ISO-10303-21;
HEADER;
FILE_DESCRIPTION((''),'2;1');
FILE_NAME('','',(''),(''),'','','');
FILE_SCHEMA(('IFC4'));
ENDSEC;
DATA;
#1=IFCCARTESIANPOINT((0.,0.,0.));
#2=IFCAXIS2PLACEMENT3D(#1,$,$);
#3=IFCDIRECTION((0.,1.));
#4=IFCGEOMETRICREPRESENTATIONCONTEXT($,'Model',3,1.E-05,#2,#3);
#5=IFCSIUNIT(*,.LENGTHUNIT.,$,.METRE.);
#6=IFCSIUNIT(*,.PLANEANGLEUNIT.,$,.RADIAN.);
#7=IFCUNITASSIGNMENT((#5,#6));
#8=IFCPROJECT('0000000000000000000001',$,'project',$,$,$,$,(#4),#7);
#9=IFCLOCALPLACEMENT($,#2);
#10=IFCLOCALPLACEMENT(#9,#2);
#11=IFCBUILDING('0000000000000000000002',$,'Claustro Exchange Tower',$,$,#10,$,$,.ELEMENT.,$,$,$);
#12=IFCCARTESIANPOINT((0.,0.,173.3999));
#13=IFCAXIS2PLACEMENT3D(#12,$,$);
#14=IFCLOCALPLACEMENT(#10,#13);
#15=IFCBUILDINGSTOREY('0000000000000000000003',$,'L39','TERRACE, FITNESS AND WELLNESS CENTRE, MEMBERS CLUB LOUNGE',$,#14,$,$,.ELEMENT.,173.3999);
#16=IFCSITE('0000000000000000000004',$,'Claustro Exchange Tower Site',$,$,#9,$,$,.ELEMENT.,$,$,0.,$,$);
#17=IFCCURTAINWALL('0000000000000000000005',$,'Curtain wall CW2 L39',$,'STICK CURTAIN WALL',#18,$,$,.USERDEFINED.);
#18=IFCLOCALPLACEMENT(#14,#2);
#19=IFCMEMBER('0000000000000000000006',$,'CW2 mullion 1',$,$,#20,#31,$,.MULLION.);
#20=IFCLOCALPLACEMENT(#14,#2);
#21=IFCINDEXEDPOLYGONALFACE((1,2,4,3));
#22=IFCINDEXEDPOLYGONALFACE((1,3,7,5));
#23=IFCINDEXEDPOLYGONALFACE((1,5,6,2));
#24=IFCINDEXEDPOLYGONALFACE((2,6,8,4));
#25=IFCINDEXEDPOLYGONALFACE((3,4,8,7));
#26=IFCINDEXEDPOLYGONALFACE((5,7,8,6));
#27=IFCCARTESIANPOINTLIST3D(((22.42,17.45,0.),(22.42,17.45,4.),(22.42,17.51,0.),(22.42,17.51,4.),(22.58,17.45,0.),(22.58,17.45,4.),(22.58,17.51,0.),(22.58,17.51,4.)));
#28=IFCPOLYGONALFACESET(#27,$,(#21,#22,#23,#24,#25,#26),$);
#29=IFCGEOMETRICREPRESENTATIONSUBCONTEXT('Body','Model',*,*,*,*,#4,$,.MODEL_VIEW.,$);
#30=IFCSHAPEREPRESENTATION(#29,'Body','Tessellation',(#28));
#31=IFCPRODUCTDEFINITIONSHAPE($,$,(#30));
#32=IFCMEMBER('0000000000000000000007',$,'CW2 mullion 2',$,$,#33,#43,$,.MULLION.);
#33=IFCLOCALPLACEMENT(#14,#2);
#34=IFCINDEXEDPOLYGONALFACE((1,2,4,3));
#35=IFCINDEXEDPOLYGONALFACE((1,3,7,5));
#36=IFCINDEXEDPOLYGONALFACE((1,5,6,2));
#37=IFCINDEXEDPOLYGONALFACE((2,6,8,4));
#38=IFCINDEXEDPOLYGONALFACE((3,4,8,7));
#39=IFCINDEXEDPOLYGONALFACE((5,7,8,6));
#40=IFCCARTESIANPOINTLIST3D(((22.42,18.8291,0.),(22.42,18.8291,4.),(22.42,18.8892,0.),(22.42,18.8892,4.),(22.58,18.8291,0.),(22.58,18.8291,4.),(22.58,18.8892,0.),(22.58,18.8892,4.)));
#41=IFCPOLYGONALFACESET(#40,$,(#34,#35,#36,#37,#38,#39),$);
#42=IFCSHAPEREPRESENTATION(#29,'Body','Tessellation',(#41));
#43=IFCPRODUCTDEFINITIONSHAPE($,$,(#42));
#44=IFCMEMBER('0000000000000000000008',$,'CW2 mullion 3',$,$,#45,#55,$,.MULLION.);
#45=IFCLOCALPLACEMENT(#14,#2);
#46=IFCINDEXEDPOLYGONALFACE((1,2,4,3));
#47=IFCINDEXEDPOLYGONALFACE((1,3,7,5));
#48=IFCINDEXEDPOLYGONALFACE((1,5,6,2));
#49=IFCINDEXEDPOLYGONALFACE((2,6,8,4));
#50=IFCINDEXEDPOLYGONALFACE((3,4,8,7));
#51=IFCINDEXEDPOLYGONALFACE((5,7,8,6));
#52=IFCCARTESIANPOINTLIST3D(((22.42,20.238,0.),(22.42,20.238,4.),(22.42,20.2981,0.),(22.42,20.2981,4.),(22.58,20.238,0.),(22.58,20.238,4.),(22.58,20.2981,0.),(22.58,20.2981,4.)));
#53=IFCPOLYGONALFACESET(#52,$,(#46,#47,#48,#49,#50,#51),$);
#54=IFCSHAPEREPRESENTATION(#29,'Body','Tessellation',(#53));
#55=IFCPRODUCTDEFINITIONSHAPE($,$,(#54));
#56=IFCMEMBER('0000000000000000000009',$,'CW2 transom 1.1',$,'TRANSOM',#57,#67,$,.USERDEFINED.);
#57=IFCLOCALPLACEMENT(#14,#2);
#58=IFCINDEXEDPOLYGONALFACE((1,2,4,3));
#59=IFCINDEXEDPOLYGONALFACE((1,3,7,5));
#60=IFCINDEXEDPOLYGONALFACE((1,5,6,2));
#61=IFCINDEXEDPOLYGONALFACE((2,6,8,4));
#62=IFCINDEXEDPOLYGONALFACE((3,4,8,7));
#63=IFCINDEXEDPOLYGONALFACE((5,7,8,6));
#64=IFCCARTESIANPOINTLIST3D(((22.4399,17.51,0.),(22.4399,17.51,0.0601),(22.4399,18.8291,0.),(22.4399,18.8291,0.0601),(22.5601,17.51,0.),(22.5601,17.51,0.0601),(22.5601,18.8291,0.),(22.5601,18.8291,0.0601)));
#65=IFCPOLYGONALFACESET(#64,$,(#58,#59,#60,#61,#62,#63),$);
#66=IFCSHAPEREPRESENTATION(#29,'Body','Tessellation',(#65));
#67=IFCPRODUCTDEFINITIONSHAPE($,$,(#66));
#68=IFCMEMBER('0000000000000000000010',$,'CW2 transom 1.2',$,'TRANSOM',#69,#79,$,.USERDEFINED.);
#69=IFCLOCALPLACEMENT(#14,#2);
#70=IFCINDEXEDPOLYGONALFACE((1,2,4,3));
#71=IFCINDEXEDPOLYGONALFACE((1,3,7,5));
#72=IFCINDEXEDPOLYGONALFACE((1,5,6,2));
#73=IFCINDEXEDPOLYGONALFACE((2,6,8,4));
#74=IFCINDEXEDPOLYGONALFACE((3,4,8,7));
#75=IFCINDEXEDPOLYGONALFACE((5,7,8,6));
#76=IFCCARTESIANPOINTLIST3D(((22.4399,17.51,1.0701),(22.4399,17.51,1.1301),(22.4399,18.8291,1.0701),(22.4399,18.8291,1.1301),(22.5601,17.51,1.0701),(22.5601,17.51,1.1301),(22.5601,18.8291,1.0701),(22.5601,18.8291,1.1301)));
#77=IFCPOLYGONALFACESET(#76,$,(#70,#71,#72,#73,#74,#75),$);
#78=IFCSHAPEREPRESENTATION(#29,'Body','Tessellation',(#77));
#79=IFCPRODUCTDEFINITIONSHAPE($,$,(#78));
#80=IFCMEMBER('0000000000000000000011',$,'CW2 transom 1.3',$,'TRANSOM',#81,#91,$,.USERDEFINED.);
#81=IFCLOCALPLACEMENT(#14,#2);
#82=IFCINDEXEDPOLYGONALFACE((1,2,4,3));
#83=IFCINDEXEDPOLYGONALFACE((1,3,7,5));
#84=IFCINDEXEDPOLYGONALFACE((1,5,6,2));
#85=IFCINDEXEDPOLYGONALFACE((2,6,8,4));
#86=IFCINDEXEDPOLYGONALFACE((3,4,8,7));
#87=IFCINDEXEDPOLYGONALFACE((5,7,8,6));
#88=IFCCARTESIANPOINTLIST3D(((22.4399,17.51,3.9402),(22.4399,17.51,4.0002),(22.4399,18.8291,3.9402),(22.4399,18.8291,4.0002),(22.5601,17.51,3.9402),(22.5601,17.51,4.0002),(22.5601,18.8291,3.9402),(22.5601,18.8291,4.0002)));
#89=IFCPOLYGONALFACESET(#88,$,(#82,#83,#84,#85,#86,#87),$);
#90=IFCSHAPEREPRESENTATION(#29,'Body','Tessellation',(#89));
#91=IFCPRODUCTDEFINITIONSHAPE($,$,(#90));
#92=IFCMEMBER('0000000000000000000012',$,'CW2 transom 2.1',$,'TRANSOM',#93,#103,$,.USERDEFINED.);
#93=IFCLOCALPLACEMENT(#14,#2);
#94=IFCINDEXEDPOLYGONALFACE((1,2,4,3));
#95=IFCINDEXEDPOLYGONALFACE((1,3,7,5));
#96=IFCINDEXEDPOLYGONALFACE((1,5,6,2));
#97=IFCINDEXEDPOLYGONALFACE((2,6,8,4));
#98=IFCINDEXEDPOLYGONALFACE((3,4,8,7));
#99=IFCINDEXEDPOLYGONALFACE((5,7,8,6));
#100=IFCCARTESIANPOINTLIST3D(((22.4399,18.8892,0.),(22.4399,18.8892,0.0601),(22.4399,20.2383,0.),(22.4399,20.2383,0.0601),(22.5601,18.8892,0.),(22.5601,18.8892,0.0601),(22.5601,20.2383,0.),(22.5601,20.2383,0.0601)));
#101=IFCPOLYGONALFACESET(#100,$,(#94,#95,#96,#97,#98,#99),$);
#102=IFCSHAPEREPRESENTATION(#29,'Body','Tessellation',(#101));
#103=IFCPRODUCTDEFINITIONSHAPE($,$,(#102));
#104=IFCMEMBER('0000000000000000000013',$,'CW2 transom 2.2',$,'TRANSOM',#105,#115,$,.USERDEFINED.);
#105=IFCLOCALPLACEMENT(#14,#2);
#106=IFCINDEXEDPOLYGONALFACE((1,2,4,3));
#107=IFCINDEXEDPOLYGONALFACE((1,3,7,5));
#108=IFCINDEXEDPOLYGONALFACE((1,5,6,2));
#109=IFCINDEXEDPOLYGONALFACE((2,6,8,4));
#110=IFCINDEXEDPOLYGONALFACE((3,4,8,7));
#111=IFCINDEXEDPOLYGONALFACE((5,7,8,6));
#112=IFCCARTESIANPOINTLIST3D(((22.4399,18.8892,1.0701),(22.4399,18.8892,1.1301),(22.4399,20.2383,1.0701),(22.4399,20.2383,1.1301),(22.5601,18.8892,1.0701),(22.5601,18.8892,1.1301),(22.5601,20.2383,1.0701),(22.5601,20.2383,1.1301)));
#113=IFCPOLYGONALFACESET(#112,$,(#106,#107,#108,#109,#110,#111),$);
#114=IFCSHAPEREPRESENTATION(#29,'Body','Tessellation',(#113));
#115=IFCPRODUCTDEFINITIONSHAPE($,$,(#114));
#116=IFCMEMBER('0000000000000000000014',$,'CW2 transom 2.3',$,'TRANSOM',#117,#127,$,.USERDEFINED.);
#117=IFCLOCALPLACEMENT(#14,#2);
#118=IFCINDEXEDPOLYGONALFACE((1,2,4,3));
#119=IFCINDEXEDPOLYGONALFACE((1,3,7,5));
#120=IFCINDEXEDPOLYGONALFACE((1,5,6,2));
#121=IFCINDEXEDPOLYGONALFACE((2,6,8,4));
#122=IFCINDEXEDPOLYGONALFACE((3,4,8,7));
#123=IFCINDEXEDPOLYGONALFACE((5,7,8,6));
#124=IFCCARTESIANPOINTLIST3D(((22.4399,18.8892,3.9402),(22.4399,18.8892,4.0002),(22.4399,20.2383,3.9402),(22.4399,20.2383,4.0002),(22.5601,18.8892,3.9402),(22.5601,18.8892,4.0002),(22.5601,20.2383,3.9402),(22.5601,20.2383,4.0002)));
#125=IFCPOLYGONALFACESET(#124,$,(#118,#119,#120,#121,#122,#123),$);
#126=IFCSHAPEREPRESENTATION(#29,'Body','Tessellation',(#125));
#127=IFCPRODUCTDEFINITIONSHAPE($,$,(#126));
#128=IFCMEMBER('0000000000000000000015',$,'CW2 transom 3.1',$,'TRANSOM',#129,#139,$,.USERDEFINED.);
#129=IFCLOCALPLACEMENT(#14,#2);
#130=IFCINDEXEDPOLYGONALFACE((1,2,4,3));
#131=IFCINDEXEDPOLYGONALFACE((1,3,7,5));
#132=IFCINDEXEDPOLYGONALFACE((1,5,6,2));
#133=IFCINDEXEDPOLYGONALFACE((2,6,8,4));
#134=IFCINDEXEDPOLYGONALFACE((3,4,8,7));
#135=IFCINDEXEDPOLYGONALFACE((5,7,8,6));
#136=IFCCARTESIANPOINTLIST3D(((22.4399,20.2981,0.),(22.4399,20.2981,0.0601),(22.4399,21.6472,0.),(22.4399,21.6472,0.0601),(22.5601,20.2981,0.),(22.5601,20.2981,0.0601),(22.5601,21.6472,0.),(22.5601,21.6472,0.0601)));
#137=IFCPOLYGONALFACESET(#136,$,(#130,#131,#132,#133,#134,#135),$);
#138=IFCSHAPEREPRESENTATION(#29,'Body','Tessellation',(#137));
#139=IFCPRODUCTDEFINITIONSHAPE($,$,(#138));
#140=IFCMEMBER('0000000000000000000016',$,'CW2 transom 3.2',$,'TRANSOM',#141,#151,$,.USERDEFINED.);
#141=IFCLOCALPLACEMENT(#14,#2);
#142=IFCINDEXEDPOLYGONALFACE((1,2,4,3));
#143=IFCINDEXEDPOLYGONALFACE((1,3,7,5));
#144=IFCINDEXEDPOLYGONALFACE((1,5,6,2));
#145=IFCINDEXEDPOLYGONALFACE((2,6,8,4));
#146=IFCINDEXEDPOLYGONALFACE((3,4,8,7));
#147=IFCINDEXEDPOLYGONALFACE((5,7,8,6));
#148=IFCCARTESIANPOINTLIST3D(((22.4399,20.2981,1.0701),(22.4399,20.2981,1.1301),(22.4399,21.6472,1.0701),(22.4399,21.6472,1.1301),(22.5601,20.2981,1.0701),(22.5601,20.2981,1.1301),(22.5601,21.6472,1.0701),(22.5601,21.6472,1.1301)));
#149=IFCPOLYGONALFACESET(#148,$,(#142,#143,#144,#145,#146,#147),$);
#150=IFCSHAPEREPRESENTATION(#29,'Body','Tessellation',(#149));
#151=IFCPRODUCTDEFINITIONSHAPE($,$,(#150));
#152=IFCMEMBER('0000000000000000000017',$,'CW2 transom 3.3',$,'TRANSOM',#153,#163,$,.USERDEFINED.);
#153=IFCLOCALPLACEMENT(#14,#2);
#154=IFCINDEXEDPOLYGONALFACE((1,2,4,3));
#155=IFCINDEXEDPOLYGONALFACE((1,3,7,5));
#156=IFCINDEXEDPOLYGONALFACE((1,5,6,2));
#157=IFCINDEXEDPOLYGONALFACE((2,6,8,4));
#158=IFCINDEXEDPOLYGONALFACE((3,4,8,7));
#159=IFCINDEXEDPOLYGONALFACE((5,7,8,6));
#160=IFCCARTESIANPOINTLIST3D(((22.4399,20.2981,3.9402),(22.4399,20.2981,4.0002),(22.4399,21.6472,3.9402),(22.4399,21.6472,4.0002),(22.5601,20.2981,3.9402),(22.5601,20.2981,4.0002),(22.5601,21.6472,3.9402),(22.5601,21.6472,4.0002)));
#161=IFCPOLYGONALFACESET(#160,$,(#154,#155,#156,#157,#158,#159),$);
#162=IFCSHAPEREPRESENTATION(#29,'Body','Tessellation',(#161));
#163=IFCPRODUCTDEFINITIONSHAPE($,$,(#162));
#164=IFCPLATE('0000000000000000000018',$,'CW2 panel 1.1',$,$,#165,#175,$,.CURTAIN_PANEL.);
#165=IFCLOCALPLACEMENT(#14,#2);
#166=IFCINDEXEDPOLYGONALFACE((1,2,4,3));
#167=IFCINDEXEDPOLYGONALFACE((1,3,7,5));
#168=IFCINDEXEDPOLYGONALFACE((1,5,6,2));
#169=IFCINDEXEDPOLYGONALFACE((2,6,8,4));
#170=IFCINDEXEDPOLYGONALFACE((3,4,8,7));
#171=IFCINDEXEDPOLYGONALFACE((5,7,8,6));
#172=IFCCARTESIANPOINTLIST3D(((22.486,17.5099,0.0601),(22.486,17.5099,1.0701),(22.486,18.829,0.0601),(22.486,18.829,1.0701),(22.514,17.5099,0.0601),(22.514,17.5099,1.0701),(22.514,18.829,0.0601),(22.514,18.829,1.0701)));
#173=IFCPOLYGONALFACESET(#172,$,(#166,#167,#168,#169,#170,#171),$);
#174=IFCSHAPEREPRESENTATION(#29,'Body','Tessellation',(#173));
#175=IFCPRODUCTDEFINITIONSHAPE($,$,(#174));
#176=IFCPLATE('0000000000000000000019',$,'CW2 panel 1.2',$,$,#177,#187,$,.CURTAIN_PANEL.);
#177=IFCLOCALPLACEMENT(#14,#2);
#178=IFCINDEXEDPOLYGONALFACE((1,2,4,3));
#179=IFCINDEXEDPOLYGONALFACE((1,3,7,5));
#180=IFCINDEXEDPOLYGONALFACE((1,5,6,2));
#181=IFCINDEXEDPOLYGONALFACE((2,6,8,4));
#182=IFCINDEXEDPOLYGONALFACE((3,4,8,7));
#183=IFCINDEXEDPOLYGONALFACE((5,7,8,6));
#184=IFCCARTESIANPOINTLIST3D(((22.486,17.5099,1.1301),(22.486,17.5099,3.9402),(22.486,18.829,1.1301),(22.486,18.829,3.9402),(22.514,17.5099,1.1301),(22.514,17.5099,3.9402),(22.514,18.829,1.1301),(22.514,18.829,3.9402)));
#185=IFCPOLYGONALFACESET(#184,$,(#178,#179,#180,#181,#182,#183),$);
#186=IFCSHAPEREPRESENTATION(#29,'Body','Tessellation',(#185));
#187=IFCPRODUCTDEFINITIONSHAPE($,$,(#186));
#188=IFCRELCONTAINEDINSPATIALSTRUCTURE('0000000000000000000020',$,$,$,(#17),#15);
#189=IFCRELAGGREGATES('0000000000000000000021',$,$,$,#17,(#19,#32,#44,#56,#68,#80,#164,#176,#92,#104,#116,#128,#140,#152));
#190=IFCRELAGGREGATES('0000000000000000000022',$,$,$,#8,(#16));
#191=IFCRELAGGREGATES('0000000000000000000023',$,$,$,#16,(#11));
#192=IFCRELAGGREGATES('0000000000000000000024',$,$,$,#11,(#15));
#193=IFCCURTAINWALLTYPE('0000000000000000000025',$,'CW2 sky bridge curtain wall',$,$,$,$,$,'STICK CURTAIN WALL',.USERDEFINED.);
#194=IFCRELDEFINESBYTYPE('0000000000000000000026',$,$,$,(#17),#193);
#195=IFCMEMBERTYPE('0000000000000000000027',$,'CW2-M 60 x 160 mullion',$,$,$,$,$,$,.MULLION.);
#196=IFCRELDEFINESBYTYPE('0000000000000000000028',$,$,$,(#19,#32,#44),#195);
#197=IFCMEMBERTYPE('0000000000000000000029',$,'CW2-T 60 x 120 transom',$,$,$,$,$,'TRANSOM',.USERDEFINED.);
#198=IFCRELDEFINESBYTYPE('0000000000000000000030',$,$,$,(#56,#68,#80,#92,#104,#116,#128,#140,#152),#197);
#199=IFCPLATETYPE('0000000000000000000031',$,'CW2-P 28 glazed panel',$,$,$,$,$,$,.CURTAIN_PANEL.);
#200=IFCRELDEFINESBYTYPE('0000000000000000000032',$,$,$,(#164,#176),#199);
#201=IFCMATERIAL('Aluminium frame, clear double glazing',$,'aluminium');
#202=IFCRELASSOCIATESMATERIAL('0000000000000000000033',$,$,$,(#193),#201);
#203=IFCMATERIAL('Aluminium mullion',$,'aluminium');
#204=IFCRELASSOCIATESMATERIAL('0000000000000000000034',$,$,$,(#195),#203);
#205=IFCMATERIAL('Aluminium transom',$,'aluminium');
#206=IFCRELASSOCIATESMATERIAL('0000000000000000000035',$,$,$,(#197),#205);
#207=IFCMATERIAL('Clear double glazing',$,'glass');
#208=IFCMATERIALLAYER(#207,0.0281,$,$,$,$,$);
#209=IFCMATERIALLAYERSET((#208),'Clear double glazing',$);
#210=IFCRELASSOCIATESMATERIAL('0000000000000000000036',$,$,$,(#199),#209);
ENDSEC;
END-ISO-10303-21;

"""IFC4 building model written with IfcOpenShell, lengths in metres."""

from ifc_helpers import new_model, si_unit, direction, frame, origin, origin_2d, place, context, subcontext, project, spatial, rectangle, extrude, material, layer, layer_set, material_profile, profile_set, type_object, element, aggregate, save


model = new_model("IFC4")

# Units and contexts
model_context = context("Model", 3, precision=1e-05, world=origin(), true_north=direction((0.0, 1.0)))
body_context = subcontext(model_context, "Body", "Model", "MODEL_VIEW")
ifc_project = project(units=[si_unit("LENGTHUNIT", "METRE"), si_unit("PLANEANGLEUNIT", "RADIAN")], contexts=[model_context])

# Site, building, storey
site_placement = place(None, origin())
site = spatial("IfcSite", under=ifc_project, at=site_placement, Name="Claustro Exchange Tower Site", CompositionType="ELEMENT", RefElevation=0.0)
building_placement = place(site_placement, origin())
building = spatial("IfcBuilding", under=site, at=building_placement, Name="Claustro Exchange Tower", CompositionType="ELEMENT")
storey_placement = place(building_placement, frame((0.0, 0.0, 173.3999)))
storey = spatial("IfcBuildingStorey", under=building, at=storey_placement, Name="L39", Description="TERRACE, FITNESS AND WELLNESS CENTRE, MEMBERS CLUB LOUNGE", CompositionType="ELEMENT", Elevation=173.3999)

# Curtain wall, members, plates
ifc_material_1 = material(Name="Aluminium frame, clear double glazing", Category="aluminium")
curtain_wall_type = type_object("IfcCurtainWallType", Name="CW2 sky bridge curtain wall", ElementType="STICK CURTAIN WALL", PredefinedType="USERDEFINED", material=ifc_material_1)
curtain_wall_placement = place(storey_placement, origin())
curtain_wall = element("IfcCurtainWall", 1, at=curtain_wall_placement, inside=storey, type_object=curtain_wall_type, Name="Curtain wall CW2 L39", ObjectType="STICK CURTAIN WALL", PredefinedType="USERDEFINED")
ifc_material_2 = material(Name="Aluminium mullion", Category="aluminium")
ifc_material_profile_1 = material_profile(ifc_material_2, rectangle(XDim=0.1599, YDim=0.0601, at=origin_2d()), Name="CW2-M 60x160")
ifc_profile_set_1 = profile_set([ifc_material_profile_1], Name="Aluminium mullion")
member_type_1 = type_object("IfcMemberType", Name="CW2-M 60 x 160 mullion", PredefinedType="MULLION", material=ifc_profile_set_1)
member_1_placement = place(storey_placement, frame((22.5, 17.48, 0.0), z_axis=(0.0, 0.0, 1.0), x_axis=(-1.0, 0.0, 0.0)))
member_1 = element("IfcMember", 2, at=member_1_placement, type_object=member_type_1, Name="CW2 mullion 1", PredefinedType="MULLION", context=body_context, shape_type="SweptSolid", body=[
    extrude(rectangle(XDim=0.1599, YDim=0.0601, at=origin_2d()), origin(), (0.0, 0.0, 1.0), 4.0),
])
member_2_placement = place(storey_placement, frame((22.5, 18.8591, 0.0), z_axis=(0.0, 0.0, 1.0), x_axis=(-1.0, 0.0, 0.0)))
member_2 = element("IfcMember", 3, at=member_2_placement, type_object=member_type_1, Name="CW2 mullion 2", PredefinedType="MULLION", context=body_context, shape_type="SweptSolid", body=[
    extrude(rectangle(XDim=0.1599, YDim=0.0601, at=origin_2d()), origin(), (0.0, 0.0, 1.0), 4.0),
])
member_3_placement = place(storey_placement, frame((22.5, 20.2681, 0.0), z_axis=(0.0, 0.0, 1.0), x_axis=(-1.0, 0.0, 0.0)))
member_3 = element("IfcMember", 4, at=member_3_placement, type_object=member_type_1, Name="CW2 mullion 3", PredefinedType="MULLION", context=body_context, shape_type="SweptSolid", body=[
    extrude(rectangle(XDim=0.1599, YDim=0.0601, at=origin_2d()), origin(), (0.0, 0.0, 1.0), 4.0),
])
ifc_material_3 = material(Name="Aluminium transom", Category="aluminium")
ifc_material_profile_2 = material_profile(ifc_material_3, rectangle(XDim=0.1201, YDim=0.0601, at=origin_2d()), Name="CW2-T 60x120")
ifc_profile_set_2 = profile_set([ifc_material_profile_2], Name="Aluminium transom")
member_type_2 = type_object("IfcMemberType", Name="CW2-T 60 x 120 transom", ElementType="TRANSOM", PredefinedType="USERDEFINED", material=ifc_profile_set_2)
member_4_placement = place(storey_placement, frame((22.5, 17.51, 0.03), z_axis=(0.0, 1.0, 0.0), x_axis=(-1.0, 0.0, 0.0)))
member_4 = element("IfcMember", 5, at=member_4_placement, type_object=member_type_2, Name="CW2 transom 1.1", ObjectType="TRANSOM", PredefinedType="USERDEFINED", context=body_context, shape_type="SweptSolid", body=[
    extrude(rectangle(XDim=0.1201, YDim=0.0601, at=origin_2d()), origin(), (0.0, 0.0, 1.0), 1.3191),
])
member_5_placement = place(storey_placement, frame((22.5, 17.51, 1.1001), z_axis=(0.0, 1.0, 0.0), x_axis=(-1.0, 0.0, 0.0)))
member_5 = element("IfcMember", 6, at=member_5_placement, type_object=member_type_2, Name="CW2 transom 1.2", ObjectType="TRANSOM", PredefinedType="USERDEFINED", context=body_context, shape_type="SweptSolid", body=[
    extrude(rectangle(XDim=0.1201, YDim=0.0601, at=origin_2d()), origin(), (0.0, 0.0, 1.0), 1.3191),
])
member_6_placement = place(storey_placement, frame((22.5, 17.51, 3.9702), z_axis=(0.0, 1.0, 0.0), x_axis=(-1.0, 0.0, 0.0)))
member_6 = element("IfcMember", 7, at=member_6_placement, type_object=member_type_2, Name="CW2 transom 1.3", ObjectType="TRANSOM", PredefinedType="USERDEFINED", context=body_context, shape_type="SweptSolid", body=[
    extrude(rectangle(XDim=0.1201, YDim=0.0601, at=origin_2d()), origin(), (0.0, 0.0, 1.0), 1.3191),
])
member_7_placement = place(storey_placement, frame((22.5, 18.8892, 0.03), z_axis=(0.0, 1.0, 0.0), x_axis=(-1.0, 0.0, 0.0)))
member_7 = element("IfcMember", 8, at=member_7_placement, type_object=member_type_2, Name="CW2 transom 2.1", ObjectType="TRANSOM", PredefinedType="USERDEFINED", context=body_context, shape_type="SweptSolid", body=[
    extrude(rectangle(XDim=0.1201, YDim=0.0601, at=origin_2d()), origin(), (0.0, 0.0, 1.0), 1.3491),
])
member_8_placement = place(storey_placement, frame((22.5, 18.8892, 1.1001), z_axis=(0.0, 1.0, 0.0), x_axis=(-1.0, 0.0, 0.0)))
member_8 = element("IfcMember", 9, at=member_8_placement, type_object=member_type_2, Name="CW2 transom 2.2", ObjectType="TRANSOM", PredefinedType="USERDEFINED", context=body_context, shape_type="SweptSolid", body=[
    extrude(rectangle(XDim=0.1201, YDim=0.0601, at=origin_2d()), origin(), (0.0, 0.0, 1.0), 1.3491),
])
member_9_placement = place(storey_placement, frame((22.5, 18.8892, 3.9702), z_axis=(0.0, 1.0, 0.0), x_axis=(-1.0, 0.0, 0.0)))
member_9 = element("IfcMember", 10, at=member_9_placement, type_object=member_type_2, Name="CW2 transom 2.3", ObjectType="TRANSOM", PredefinedType="USERDEFINED", context=body_context, shape_type="SweptSolid", body=[
    extrude(rectangle(XDim=0.1201, YDim=0.0601, at=origin_2d()), origin(), (0.0, 0.0, 1.0), 1.3491),
])
member_10_placement = place(storey_placement, frame((22.5, 20.2981, 0.03), z_axis=(0.0, 1.0, 0.0), x_axis=(-1.0, 0.0, 0.0)))
member_10 = element("IfcMember", 11, at=member_10_placement, type_object=member_type_2, Name="CW2 transom 3.1", ObjectType="TRANSOM", PredefinedType="USERDEFINED", context=body_context, shape_type="SweptSolid", body=[
    extrude(rectangle(XDim=0.1201, YDim=0.0601, at=origin_2d()), origin(), (0.0, 0.0, 1.0), 1.3491),
])
member_11_placement = place(storey_placement, frame((22.5, 20.2981, 1.1001), z_axis=(0.0, 1.0, 0.0), x_axis=(-1.0, 0.0, 0.0)))
member_11 = element("IfcMember", 12, at=member_11_placement, type_object=member_type_2, Name="CW2 transom 3.2", ObjectType="TRANSOM", PredefinedType="USERDEFINED", context=body_context, shape_type="SweptSolid", body=[
    extrude(rectangle(XDim=0.1201, YDim=0.0601, at=origin_2d()), origin(), (0.0, 0.0, 1.0), 1.3491),
])
member_12_placement = place(storey_placement, frame((22.5, 20.2981, 3.9702), z_axis=(0.0, 1.0, 0.0), x_axis=(-1.0, 0.0, 0.0)))
member_12 = element("IfcMember", 13, at=member_12_placement, type_object=member_type_2, Name="CW2 transom 3.3", ObjectType="TRANSOM", PredefinedType="USERDEFINED", context=body_context, shape_type="SweptSolid", body=[
    extrude(rectangle(XDim=0.1201, YDim=0.0601, at=origin_2d()), origin(), (0.0, 0.0, 1.0), 1.3491),
])
ifc_material_4 = material(Name="Clear double glazing", Category="glass")
ifc_layer_1 = layer(ifc_material_4, 0.0281)
ifc_layer_set_1 = layer_set([ifc_layer_1], Name="Clear double glazing")
plate_type = type_object("IfcPlateType", Name="CW2-P 28 glazed panel", PredefinedType="CURTAIN_PANEL", material=ifc_layer_set_1)
plate_1_placement = place(storey_placement, frame((22.5, 18.1694, 0.0601), z_axis=(0.0, 0.0, 1.0), x_axis=(0.0, 1.0, 0.0)))
plate_1 = element("IfcPlate", 14, at=plate_1_placement, type_object=plate_type, Name="CW2 panel 1.1", PredefinedType="CURTAIN_PANEL", context=body_context, shape_type="SweptSolid", body=[
    extrude(rectangle(XDim=1.3191, YDim=0.0281, at=origin_2d()), origin(), (0.0, 0.0, 1.0), 1.01),
])
plate_2_placement = place(storey_placement, frame((22.5, 18.1694, 1.1301), z_axis=(0.0, 0.0, 1.0), x_axis=(0.0, 1.0, 0.0)))
plate_2 = element("IfcPlate", 15, at=plate_2_placement, type_object=plate_type, Name="CW2 panel 1.2", PredefinedType="CURTAIN_PANEL", context=body_context, shape_type="SweptSolid", body=[
    extrude(rectangle(XDim=1.3191, YDim=0.0281, at=origin_2d()), origin(), (0.0, 0.0, 1.0), 2.8101),
])
aggregate(curtain_wall, [member_1, member_2, member_3, member_4, member_5, member_6, plate_1, plate_2, member_7, member_8, member_9, member_10, member_11, member_12])

save(model, "model.ifc")
